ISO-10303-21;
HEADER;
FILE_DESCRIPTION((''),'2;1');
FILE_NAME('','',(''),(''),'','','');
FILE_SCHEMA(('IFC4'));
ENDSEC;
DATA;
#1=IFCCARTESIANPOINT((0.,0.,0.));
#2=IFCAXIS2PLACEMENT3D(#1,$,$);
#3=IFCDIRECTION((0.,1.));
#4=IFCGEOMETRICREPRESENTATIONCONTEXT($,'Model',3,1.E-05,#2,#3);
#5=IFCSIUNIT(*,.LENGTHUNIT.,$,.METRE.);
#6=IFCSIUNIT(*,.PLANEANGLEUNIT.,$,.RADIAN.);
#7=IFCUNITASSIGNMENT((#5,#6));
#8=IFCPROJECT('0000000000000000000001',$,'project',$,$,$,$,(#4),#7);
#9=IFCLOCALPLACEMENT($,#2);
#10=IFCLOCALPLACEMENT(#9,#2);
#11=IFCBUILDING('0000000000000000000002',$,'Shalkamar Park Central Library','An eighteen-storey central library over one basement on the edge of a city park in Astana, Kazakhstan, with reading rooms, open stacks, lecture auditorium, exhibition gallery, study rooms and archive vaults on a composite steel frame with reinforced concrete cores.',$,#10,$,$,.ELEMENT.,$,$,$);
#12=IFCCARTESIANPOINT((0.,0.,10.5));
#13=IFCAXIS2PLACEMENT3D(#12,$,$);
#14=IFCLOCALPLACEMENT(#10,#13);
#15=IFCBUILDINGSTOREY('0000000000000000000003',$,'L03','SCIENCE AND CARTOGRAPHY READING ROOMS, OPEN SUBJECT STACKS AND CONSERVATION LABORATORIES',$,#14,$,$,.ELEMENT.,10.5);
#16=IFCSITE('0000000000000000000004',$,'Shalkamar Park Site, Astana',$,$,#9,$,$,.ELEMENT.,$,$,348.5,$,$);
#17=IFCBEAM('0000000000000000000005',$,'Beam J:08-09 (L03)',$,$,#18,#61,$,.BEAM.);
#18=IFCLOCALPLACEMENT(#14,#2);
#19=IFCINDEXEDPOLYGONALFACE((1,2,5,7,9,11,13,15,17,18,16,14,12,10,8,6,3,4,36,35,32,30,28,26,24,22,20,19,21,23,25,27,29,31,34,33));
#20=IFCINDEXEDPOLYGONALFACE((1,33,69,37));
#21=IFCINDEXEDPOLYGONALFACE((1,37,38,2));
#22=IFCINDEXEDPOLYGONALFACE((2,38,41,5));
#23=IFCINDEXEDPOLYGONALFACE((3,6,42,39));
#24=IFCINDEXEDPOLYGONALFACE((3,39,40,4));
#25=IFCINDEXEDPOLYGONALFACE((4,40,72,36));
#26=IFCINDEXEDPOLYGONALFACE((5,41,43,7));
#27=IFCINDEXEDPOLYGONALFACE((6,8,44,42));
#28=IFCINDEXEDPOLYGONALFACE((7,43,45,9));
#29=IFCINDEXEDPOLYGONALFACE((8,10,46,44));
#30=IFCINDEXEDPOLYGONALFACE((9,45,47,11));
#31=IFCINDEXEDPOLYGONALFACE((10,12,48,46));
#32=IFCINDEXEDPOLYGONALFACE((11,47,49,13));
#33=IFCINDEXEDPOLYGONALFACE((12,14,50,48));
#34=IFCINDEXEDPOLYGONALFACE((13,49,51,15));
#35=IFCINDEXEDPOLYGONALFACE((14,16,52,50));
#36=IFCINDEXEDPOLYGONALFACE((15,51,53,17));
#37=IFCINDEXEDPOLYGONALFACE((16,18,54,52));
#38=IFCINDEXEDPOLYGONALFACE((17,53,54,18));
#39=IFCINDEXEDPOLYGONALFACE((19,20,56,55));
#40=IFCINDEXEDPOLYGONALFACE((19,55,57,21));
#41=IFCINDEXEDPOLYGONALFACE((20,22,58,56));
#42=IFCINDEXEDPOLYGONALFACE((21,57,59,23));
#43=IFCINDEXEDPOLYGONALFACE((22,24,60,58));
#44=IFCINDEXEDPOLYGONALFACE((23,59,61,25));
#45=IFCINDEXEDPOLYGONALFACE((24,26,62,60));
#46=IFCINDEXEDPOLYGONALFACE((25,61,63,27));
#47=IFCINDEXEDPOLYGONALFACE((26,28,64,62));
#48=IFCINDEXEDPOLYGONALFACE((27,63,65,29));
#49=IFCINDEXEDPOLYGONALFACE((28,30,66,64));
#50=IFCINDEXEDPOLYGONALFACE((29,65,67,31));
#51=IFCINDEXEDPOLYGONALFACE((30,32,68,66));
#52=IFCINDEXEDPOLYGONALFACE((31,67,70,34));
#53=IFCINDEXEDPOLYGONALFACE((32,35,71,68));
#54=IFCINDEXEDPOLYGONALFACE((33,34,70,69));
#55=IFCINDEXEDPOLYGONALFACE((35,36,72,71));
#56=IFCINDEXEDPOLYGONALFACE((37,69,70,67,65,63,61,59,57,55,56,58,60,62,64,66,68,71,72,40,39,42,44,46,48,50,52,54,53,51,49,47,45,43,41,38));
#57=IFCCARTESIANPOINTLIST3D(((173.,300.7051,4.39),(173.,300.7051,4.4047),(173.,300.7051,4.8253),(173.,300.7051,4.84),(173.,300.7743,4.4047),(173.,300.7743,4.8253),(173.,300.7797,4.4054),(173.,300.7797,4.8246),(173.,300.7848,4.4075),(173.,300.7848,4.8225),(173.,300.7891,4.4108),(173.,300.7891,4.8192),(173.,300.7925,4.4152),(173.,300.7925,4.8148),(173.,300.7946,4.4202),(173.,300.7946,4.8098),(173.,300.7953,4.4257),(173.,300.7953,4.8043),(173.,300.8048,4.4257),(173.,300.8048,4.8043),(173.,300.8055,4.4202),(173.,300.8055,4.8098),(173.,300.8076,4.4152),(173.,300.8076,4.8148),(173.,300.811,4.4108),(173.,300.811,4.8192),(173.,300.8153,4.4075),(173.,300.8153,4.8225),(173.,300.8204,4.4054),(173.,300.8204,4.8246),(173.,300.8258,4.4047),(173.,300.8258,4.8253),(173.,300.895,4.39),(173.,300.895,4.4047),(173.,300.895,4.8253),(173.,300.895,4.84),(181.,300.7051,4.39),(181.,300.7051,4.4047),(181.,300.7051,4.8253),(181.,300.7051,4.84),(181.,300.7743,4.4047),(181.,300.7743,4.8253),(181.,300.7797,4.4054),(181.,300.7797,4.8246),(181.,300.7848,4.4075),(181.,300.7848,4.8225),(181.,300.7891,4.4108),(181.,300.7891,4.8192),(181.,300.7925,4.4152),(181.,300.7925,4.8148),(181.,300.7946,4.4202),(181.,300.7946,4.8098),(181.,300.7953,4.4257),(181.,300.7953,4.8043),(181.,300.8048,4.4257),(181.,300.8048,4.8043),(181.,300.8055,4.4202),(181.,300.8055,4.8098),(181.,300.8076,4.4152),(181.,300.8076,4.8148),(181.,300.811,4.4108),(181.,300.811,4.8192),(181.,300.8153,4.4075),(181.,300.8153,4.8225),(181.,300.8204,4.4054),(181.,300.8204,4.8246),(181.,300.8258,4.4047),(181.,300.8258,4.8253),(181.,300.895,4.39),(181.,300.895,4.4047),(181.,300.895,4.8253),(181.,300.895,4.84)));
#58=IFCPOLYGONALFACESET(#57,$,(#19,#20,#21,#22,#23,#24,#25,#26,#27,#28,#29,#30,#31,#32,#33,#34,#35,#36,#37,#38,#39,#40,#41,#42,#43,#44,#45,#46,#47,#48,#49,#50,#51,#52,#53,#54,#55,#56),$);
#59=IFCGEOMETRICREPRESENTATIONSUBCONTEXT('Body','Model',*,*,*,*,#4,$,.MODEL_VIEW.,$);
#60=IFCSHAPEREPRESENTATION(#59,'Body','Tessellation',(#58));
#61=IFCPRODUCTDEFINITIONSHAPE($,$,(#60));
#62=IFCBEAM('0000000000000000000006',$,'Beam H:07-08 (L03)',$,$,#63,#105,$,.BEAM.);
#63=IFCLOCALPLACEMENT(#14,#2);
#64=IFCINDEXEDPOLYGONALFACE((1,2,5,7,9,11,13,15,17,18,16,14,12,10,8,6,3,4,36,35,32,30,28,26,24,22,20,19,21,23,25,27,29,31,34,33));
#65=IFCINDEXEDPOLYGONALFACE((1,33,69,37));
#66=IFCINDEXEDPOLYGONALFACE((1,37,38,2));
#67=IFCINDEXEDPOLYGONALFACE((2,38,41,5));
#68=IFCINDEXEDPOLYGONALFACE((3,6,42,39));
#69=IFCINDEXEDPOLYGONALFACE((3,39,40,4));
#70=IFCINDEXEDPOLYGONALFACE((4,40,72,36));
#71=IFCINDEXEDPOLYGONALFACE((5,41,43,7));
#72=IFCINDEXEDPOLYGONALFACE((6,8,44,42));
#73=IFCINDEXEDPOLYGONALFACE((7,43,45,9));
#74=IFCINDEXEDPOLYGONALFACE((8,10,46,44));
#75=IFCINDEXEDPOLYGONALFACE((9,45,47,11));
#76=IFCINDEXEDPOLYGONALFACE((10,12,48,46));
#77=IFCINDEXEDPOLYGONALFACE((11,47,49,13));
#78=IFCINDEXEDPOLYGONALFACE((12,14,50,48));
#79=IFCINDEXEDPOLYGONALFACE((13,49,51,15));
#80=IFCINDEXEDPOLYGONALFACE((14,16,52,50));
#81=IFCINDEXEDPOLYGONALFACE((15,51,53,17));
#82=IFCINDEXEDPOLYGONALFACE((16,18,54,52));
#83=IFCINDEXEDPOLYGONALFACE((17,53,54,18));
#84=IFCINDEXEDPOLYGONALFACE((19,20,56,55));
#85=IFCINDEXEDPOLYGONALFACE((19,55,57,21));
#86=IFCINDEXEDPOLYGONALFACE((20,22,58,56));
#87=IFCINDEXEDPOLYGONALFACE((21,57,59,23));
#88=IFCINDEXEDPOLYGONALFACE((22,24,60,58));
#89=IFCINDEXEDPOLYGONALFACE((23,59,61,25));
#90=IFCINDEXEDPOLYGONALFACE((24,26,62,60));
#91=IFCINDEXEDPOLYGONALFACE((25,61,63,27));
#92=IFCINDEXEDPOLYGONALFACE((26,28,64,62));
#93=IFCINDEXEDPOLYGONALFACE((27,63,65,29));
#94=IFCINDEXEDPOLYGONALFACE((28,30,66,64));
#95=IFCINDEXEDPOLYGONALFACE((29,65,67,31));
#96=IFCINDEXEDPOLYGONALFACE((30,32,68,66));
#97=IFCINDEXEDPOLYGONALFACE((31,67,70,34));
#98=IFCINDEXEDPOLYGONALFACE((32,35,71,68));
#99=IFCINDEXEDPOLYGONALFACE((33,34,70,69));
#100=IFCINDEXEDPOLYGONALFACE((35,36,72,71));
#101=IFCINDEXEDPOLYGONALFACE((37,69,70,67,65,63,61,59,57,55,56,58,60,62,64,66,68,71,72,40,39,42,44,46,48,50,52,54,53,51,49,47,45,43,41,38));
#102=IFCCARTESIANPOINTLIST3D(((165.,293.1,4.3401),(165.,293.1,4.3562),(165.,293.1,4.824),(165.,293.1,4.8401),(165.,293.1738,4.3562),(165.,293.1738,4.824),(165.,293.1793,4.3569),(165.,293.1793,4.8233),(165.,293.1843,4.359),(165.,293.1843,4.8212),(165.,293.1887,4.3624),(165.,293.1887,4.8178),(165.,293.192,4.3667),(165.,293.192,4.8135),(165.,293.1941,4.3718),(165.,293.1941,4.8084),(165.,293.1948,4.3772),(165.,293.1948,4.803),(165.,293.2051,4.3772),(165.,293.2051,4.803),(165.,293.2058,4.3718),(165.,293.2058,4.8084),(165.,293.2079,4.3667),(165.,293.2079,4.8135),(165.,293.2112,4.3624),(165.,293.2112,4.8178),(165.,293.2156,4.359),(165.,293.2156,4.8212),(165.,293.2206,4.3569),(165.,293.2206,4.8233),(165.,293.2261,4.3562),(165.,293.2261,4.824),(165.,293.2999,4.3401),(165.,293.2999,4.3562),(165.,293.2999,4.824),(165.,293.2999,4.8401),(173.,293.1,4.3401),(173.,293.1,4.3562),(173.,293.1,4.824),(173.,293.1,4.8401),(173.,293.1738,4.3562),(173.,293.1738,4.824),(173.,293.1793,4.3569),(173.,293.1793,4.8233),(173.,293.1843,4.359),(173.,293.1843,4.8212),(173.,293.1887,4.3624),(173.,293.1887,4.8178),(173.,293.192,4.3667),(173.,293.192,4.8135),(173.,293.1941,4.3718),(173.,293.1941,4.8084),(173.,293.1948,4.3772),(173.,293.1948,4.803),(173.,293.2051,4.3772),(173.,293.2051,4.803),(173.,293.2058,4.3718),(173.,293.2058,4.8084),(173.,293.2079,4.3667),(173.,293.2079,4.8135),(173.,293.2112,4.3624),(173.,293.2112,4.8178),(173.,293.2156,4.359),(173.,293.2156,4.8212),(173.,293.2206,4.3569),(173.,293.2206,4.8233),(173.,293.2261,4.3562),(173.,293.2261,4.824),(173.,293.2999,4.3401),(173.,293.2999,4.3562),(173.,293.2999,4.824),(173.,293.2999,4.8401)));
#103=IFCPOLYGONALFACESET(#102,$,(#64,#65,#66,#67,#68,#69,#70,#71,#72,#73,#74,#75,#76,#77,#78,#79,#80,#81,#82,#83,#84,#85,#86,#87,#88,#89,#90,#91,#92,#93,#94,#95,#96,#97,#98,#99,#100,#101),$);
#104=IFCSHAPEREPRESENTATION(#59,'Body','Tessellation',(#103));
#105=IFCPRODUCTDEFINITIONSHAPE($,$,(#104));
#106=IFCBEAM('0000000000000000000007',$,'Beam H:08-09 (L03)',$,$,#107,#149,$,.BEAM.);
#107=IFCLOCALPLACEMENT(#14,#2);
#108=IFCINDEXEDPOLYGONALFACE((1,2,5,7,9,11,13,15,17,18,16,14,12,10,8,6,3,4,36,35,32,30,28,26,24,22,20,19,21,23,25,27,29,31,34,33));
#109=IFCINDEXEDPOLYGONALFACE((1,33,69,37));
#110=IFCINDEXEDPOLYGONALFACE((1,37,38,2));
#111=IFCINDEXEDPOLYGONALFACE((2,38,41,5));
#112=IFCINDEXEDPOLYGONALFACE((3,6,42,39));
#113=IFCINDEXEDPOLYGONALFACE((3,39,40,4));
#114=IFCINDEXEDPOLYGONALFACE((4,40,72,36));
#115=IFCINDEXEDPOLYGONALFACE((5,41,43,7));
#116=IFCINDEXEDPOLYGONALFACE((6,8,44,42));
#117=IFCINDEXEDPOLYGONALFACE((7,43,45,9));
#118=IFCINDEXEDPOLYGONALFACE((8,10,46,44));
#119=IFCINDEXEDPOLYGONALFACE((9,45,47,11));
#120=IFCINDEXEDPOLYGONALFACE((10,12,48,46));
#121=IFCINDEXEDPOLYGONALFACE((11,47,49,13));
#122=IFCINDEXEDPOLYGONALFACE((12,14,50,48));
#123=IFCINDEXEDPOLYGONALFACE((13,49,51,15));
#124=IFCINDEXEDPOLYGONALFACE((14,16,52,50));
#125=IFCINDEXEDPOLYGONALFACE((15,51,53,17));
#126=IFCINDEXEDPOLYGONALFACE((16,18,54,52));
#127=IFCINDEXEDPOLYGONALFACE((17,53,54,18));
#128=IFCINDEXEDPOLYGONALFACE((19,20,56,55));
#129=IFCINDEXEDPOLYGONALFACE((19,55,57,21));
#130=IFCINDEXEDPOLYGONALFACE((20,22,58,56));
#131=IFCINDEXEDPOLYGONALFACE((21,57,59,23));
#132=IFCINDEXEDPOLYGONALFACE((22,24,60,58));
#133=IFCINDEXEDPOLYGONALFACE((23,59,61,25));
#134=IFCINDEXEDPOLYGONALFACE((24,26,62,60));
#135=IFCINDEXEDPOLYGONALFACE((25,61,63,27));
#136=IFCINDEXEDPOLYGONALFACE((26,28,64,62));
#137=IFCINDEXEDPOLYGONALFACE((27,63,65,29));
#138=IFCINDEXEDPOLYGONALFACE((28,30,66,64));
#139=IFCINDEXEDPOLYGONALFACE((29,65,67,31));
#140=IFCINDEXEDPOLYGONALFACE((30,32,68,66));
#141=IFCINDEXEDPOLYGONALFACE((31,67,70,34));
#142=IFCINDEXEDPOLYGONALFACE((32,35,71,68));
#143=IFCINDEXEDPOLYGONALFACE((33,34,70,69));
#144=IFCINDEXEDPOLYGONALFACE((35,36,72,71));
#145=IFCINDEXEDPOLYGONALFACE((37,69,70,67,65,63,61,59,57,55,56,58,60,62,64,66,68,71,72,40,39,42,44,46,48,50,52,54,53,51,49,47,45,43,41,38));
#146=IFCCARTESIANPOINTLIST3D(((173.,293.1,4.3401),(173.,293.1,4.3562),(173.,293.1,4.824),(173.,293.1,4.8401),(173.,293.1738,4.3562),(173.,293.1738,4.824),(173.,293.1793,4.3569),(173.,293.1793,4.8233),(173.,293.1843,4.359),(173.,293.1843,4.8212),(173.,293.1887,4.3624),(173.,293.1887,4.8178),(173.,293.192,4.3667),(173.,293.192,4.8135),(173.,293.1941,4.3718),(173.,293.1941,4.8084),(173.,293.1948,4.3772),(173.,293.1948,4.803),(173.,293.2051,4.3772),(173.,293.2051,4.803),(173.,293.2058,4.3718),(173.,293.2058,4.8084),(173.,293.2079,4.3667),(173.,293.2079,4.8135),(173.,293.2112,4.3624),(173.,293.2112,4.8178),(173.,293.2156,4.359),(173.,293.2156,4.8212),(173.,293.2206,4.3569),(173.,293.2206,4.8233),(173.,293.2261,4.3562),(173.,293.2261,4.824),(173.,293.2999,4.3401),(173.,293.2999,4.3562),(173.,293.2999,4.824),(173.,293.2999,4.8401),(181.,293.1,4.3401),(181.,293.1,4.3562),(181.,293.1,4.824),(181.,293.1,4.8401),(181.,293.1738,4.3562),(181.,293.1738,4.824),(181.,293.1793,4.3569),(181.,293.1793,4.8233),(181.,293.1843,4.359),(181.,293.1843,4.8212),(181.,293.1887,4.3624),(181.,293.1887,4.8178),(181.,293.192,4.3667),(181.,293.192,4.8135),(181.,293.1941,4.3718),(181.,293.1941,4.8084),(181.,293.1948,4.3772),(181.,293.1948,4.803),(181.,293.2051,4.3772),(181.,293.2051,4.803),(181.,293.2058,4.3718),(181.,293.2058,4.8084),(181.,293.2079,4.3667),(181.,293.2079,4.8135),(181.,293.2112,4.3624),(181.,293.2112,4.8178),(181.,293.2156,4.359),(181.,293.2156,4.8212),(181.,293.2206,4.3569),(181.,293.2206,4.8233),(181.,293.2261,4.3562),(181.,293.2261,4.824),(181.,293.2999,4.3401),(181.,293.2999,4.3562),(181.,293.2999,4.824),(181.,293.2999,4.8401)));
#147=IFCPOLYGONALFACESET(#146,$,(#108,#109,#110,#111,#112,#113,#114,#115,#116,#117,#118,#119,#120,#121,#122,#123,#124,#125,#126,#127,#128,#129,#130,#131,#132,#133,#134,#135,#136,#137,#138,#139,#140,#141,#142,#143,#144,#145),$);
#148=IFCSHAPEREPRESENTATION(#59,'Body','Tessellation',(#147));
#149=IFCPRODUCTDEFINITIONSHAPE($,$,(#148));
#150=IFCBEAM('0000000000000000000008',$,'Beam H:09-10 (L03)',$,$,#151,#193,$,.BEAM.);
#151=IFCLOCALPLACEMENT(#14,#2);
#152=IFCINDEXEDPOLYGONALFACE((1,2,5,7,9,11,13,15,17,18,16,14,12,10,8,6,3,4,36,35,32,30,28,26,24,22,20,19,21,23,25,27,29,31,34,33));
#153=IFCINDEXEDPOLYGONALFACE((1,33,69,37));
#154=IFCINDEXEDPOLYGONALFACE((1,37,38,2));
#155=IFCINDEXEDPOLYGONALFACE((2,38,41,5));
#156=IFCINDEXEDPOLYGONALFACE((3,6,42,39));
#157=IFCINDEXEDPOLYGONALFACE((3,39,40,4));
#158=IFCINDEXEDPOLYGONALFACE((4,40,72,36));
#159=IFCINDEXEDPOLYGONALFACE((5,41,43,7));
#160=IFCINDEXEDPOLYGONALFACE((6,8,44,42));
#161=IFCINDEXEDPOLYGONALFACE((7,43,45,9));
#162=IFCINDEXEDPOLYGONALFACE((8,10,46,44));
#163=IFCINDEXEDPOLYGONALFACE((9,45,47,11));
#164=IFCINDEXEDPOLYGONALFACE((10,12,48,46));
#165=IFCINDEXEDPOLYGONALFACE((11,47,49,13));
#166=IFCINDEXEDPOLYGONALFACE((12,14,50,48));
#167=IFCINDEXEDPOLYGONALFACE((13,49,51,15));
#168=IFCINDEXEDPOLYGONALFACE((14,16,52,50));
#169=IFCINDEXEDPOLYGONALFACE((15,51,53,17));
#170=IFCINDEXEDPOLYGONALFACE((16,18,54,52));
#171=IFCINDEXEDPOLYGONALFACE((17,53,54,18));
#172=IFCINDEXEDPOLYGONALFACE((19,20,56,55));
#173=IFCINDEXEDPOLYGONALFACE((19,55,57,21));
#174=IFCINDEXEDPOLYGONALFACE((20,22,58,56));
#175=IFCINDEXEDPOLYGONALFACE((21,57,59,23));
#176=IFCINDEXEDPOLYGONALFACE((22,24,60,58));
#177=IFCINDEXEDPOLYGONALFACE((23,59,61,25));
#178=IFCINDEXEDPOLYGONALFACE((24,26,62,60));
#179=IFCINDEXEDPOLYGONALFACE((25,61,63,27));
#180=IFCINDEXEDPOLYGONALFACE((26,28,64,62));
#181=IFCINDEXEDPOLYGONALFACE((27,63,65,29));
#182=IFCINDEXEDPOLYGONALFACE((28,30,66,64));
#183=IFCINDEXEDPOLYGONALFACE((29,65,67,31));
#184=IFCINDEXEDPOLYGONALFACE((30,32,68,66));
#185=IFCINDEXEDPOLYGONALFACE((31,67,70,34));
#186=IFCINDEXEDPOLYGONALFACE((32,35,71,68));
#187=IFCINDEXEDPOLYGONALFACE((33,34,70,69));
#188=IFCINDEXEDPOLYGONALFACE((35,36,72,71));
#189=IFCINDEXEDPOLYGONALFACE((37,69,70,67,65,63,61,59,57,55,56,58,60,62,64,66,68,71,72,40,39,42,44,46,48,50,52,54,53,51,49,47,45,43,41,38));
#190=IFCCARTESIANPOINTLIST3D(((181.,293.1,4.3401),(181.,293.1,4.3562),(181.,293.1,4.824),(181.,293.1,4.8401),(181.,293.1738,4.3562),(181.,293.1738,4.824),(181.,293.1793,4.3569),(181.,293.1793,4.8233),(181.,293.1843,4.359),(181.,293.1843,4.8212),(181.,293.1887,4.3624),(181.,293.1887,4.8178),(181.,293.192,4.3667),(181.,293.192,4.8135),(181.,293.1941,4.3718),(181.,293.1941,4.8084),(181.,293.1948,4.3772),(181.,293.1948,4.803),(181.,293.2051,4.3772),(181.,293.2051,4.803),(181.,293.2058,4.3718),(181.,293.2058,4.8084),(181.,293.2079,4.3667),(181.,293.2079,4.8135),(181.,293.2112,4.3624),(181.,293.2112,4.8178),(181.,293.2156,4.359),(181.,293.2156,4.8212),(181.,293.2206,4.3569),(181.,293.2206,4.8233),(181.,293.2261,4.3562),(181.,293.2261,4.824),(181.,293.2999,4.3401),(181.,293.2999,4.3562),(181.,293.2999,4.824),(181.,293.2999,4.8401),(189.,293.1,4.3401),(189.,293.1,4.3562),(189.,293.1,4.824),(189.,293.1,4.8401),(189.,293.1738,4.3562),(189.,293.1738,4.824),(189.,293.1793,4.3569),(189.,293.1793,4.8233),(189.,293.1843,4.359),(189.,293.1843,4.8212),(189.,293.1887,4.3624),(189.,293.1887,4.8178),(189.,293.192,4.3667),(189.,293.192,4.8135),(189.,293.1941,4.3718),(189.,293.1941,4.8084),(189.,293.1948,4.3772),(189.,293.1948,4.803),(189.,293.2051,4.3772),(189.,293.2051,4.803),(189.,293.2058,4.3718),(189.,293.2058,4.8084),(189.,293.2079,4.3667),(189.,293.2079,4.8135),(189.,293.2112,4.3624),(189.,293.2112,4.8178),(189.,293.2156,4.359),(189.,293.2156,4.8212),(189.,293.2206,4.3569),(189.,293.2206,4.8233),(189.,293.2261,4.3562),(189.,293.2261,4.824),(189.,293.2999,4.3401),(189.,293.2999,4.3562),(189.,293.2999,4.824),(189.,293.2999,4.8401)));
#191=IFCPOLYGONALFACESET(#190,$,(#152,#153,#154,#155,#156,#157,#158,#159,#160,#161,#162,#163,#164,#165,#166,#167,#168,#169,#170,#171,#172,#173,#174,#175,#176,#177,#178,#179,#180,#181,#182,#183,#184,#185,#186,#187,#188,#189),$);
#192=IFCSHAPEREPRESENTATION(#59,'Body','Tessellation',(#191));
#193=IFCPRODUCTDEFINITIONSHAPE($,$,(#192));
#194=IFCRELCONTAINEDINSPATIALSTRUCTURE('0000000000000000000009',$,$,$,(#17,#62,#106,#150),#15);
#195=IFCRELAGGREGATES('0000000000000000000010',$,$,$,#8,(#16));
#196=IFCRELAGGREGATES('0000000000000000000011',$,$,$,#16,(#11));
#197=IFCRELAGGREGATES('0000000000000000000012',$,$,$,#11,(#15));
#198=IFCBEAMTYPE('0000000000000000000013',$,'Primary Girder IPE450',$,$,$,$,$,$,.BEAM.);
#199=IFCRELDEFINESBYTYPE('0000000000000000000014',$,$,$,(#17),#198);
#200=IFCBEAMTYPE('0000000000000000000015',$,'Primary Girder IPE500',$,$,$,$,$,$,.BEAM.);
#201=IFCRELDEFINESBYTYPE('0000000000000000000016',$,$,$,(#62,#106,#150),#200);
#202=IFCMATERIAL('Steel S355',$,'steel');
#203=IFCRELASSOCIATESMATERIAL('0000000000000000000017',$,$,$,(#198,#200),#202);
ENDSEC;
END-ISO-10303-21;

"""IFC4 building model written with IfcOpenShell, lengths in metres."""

from ifc_helpers import new_model, si_unit, direction, frame, origin, origin_2d, place, context, subcontext, project, spatial, i_section, extrude, material, material_profile, profile_set, type_object, element, save


model = new_model("IFC4")

# Units and contexts
model_context = context("Model", 3, precision=1e-05, world=origin(), true_north=direction((0.0, 1.0)))
body_context = subcontext(model_context, "Body", "Model", "MODEL_VIEW")
ifc_project = project(units=[si_unit("LENGTHUNIT", "METRE"), si_unit("PLANEANGLEUNIT", "RADIAN")], contexts=[model_context])

# Site, building, storey
site_placement = place(None, origin())
site = spatial("IfcSite", under=ifc_project, at=site_placement, Name="Shalkamar Park Site, Astana", CompositionType="ELEMENT", RefElevation=348.5)
building_placement = place(site_placement, origin())
building = spatial("IfcBuilding", under=site, at=building_placement, Name="Shalkamar Park Central Library", Description="An eighteen-storey central library over one basement on the edge of a city park in Astana, Kazakhstan, with reading rooms, open stacks, lecture auditorium, exhibition gallery, study rooms and archive vaults on a composite steel frame with reinforced concrete cores.", CompositionType="ELEMENT")
storey_placement = place(building_placement, frame((0.0, 0.0, 10.5)))
storey = spatial("IfcBuildingStorey", under=building, at=storey_placement, Name="L03", Description="SCIENCE AND CARTOGRAPHY READING ROOMS, OPEN SUBJECT STACKS AND CONSERVATION LABORATORIES", CompositionType="ELEMENT", Elevation=10.5)

# Shared definitions
ifc_material_1 = material(Name="Steel S355", Category="steel")

# Beams
ifc_material_profile_1 = material_profile(ifc_material_1, i_section(OverallWidth=0.1899, OverallDepth=0.45, WebThickness=0.0095, FlangeThickness=0.0146, FilletRadius=0.021, at=origin_2d()), Name="IPE 450")
ifc_profile_set_1 = profile_set([ifc_material_profile_1], Name="Steel S355")
beam_type_1 = type_object("IfcBeamType", Name="Primary Girder IPE450", PredefinedType="BEAM", material=ifc_profile_set_1)
for number, where, z_axis, x_axis, name in (
    (1, (173.0, 300.8, 4.615), (1.0, 0.0, 0.0), (0.0, 1.0, 0.0), "Beam J:08-09 (L03)"),
):
    element("IfcBeam", number, at=place(storey_placement, frame(where, z_axis=z_axis, x_axis=x_axis)), inside=storey, type_object=beam_type_1, Name=name, PredefinedType="BEAM", context=body_context, shape_type="SweptSolid", body=[
        extrude(i_section(OverallWidth=0.1899, OverallDepth=0.45, WebThickness=0.0095, FlangeThickness=0.0146, FilletRadius=0.021, at=origin_2d()), origin(), (0.0, 0.0, 1.0), 8.0),
    ])
ifc_material_profile_2 = material_profile(ifc_material_1, i_section(OverallWidth=0.2, OverallDepth=0.5, WebThickness=0.0103, FlangeThickness=0.0161, FilletRadius=0.021, at=origin_2d()), Name="IPE 500")
ifc_profile_set_2 = profile_set([ifc_material_profile_2], Name="Steel S355")
beam_type_2 = type_object("IfcBeamType", Name="Primary Girder IPE500", PredefinedType="BEAM", material=ifc_profile_set_2)
for number, where, z_axis, x_axis, name in (
    (2, (165.0, 293.2, 4.5901), (1.0, 0.0, 0.0), (0.0, 1.0, 0.0), "Beam H:07-08 (L03)"),
    (3, (173.0, 293.2, 4.5901), (1.0, 0.0, 0.0), (0.0, 1.0, 0.0), "Beam H:08-09 (L03)"),
    (4, (181.0, 293.2, 4.5901), (1.0, 0.0, 0.0), (0.0, 1.0, 0.0), "Beam H:09-10 (L03)"),
):
    element("IfcBeam", number, at=place(storey_placement, frame(where, z_axis=z_axis, x_axis=x_axis)), inside=storey, type_object=beam_type_2, Name=name, PredefinedType="BEAM", context=body_context, shape_type="SweptSolid", body=[
        extrude(i_section(OverallWidth=0.2, OverallDepth=0.5, WebThickness=0.0103, FlangeThickness=0.0161, FilletRadius=0.021, at=origin_2d()), origin(), (0.0, 0.0, 1.0), 8.0),
    ])

save(model, "model.ifc")
